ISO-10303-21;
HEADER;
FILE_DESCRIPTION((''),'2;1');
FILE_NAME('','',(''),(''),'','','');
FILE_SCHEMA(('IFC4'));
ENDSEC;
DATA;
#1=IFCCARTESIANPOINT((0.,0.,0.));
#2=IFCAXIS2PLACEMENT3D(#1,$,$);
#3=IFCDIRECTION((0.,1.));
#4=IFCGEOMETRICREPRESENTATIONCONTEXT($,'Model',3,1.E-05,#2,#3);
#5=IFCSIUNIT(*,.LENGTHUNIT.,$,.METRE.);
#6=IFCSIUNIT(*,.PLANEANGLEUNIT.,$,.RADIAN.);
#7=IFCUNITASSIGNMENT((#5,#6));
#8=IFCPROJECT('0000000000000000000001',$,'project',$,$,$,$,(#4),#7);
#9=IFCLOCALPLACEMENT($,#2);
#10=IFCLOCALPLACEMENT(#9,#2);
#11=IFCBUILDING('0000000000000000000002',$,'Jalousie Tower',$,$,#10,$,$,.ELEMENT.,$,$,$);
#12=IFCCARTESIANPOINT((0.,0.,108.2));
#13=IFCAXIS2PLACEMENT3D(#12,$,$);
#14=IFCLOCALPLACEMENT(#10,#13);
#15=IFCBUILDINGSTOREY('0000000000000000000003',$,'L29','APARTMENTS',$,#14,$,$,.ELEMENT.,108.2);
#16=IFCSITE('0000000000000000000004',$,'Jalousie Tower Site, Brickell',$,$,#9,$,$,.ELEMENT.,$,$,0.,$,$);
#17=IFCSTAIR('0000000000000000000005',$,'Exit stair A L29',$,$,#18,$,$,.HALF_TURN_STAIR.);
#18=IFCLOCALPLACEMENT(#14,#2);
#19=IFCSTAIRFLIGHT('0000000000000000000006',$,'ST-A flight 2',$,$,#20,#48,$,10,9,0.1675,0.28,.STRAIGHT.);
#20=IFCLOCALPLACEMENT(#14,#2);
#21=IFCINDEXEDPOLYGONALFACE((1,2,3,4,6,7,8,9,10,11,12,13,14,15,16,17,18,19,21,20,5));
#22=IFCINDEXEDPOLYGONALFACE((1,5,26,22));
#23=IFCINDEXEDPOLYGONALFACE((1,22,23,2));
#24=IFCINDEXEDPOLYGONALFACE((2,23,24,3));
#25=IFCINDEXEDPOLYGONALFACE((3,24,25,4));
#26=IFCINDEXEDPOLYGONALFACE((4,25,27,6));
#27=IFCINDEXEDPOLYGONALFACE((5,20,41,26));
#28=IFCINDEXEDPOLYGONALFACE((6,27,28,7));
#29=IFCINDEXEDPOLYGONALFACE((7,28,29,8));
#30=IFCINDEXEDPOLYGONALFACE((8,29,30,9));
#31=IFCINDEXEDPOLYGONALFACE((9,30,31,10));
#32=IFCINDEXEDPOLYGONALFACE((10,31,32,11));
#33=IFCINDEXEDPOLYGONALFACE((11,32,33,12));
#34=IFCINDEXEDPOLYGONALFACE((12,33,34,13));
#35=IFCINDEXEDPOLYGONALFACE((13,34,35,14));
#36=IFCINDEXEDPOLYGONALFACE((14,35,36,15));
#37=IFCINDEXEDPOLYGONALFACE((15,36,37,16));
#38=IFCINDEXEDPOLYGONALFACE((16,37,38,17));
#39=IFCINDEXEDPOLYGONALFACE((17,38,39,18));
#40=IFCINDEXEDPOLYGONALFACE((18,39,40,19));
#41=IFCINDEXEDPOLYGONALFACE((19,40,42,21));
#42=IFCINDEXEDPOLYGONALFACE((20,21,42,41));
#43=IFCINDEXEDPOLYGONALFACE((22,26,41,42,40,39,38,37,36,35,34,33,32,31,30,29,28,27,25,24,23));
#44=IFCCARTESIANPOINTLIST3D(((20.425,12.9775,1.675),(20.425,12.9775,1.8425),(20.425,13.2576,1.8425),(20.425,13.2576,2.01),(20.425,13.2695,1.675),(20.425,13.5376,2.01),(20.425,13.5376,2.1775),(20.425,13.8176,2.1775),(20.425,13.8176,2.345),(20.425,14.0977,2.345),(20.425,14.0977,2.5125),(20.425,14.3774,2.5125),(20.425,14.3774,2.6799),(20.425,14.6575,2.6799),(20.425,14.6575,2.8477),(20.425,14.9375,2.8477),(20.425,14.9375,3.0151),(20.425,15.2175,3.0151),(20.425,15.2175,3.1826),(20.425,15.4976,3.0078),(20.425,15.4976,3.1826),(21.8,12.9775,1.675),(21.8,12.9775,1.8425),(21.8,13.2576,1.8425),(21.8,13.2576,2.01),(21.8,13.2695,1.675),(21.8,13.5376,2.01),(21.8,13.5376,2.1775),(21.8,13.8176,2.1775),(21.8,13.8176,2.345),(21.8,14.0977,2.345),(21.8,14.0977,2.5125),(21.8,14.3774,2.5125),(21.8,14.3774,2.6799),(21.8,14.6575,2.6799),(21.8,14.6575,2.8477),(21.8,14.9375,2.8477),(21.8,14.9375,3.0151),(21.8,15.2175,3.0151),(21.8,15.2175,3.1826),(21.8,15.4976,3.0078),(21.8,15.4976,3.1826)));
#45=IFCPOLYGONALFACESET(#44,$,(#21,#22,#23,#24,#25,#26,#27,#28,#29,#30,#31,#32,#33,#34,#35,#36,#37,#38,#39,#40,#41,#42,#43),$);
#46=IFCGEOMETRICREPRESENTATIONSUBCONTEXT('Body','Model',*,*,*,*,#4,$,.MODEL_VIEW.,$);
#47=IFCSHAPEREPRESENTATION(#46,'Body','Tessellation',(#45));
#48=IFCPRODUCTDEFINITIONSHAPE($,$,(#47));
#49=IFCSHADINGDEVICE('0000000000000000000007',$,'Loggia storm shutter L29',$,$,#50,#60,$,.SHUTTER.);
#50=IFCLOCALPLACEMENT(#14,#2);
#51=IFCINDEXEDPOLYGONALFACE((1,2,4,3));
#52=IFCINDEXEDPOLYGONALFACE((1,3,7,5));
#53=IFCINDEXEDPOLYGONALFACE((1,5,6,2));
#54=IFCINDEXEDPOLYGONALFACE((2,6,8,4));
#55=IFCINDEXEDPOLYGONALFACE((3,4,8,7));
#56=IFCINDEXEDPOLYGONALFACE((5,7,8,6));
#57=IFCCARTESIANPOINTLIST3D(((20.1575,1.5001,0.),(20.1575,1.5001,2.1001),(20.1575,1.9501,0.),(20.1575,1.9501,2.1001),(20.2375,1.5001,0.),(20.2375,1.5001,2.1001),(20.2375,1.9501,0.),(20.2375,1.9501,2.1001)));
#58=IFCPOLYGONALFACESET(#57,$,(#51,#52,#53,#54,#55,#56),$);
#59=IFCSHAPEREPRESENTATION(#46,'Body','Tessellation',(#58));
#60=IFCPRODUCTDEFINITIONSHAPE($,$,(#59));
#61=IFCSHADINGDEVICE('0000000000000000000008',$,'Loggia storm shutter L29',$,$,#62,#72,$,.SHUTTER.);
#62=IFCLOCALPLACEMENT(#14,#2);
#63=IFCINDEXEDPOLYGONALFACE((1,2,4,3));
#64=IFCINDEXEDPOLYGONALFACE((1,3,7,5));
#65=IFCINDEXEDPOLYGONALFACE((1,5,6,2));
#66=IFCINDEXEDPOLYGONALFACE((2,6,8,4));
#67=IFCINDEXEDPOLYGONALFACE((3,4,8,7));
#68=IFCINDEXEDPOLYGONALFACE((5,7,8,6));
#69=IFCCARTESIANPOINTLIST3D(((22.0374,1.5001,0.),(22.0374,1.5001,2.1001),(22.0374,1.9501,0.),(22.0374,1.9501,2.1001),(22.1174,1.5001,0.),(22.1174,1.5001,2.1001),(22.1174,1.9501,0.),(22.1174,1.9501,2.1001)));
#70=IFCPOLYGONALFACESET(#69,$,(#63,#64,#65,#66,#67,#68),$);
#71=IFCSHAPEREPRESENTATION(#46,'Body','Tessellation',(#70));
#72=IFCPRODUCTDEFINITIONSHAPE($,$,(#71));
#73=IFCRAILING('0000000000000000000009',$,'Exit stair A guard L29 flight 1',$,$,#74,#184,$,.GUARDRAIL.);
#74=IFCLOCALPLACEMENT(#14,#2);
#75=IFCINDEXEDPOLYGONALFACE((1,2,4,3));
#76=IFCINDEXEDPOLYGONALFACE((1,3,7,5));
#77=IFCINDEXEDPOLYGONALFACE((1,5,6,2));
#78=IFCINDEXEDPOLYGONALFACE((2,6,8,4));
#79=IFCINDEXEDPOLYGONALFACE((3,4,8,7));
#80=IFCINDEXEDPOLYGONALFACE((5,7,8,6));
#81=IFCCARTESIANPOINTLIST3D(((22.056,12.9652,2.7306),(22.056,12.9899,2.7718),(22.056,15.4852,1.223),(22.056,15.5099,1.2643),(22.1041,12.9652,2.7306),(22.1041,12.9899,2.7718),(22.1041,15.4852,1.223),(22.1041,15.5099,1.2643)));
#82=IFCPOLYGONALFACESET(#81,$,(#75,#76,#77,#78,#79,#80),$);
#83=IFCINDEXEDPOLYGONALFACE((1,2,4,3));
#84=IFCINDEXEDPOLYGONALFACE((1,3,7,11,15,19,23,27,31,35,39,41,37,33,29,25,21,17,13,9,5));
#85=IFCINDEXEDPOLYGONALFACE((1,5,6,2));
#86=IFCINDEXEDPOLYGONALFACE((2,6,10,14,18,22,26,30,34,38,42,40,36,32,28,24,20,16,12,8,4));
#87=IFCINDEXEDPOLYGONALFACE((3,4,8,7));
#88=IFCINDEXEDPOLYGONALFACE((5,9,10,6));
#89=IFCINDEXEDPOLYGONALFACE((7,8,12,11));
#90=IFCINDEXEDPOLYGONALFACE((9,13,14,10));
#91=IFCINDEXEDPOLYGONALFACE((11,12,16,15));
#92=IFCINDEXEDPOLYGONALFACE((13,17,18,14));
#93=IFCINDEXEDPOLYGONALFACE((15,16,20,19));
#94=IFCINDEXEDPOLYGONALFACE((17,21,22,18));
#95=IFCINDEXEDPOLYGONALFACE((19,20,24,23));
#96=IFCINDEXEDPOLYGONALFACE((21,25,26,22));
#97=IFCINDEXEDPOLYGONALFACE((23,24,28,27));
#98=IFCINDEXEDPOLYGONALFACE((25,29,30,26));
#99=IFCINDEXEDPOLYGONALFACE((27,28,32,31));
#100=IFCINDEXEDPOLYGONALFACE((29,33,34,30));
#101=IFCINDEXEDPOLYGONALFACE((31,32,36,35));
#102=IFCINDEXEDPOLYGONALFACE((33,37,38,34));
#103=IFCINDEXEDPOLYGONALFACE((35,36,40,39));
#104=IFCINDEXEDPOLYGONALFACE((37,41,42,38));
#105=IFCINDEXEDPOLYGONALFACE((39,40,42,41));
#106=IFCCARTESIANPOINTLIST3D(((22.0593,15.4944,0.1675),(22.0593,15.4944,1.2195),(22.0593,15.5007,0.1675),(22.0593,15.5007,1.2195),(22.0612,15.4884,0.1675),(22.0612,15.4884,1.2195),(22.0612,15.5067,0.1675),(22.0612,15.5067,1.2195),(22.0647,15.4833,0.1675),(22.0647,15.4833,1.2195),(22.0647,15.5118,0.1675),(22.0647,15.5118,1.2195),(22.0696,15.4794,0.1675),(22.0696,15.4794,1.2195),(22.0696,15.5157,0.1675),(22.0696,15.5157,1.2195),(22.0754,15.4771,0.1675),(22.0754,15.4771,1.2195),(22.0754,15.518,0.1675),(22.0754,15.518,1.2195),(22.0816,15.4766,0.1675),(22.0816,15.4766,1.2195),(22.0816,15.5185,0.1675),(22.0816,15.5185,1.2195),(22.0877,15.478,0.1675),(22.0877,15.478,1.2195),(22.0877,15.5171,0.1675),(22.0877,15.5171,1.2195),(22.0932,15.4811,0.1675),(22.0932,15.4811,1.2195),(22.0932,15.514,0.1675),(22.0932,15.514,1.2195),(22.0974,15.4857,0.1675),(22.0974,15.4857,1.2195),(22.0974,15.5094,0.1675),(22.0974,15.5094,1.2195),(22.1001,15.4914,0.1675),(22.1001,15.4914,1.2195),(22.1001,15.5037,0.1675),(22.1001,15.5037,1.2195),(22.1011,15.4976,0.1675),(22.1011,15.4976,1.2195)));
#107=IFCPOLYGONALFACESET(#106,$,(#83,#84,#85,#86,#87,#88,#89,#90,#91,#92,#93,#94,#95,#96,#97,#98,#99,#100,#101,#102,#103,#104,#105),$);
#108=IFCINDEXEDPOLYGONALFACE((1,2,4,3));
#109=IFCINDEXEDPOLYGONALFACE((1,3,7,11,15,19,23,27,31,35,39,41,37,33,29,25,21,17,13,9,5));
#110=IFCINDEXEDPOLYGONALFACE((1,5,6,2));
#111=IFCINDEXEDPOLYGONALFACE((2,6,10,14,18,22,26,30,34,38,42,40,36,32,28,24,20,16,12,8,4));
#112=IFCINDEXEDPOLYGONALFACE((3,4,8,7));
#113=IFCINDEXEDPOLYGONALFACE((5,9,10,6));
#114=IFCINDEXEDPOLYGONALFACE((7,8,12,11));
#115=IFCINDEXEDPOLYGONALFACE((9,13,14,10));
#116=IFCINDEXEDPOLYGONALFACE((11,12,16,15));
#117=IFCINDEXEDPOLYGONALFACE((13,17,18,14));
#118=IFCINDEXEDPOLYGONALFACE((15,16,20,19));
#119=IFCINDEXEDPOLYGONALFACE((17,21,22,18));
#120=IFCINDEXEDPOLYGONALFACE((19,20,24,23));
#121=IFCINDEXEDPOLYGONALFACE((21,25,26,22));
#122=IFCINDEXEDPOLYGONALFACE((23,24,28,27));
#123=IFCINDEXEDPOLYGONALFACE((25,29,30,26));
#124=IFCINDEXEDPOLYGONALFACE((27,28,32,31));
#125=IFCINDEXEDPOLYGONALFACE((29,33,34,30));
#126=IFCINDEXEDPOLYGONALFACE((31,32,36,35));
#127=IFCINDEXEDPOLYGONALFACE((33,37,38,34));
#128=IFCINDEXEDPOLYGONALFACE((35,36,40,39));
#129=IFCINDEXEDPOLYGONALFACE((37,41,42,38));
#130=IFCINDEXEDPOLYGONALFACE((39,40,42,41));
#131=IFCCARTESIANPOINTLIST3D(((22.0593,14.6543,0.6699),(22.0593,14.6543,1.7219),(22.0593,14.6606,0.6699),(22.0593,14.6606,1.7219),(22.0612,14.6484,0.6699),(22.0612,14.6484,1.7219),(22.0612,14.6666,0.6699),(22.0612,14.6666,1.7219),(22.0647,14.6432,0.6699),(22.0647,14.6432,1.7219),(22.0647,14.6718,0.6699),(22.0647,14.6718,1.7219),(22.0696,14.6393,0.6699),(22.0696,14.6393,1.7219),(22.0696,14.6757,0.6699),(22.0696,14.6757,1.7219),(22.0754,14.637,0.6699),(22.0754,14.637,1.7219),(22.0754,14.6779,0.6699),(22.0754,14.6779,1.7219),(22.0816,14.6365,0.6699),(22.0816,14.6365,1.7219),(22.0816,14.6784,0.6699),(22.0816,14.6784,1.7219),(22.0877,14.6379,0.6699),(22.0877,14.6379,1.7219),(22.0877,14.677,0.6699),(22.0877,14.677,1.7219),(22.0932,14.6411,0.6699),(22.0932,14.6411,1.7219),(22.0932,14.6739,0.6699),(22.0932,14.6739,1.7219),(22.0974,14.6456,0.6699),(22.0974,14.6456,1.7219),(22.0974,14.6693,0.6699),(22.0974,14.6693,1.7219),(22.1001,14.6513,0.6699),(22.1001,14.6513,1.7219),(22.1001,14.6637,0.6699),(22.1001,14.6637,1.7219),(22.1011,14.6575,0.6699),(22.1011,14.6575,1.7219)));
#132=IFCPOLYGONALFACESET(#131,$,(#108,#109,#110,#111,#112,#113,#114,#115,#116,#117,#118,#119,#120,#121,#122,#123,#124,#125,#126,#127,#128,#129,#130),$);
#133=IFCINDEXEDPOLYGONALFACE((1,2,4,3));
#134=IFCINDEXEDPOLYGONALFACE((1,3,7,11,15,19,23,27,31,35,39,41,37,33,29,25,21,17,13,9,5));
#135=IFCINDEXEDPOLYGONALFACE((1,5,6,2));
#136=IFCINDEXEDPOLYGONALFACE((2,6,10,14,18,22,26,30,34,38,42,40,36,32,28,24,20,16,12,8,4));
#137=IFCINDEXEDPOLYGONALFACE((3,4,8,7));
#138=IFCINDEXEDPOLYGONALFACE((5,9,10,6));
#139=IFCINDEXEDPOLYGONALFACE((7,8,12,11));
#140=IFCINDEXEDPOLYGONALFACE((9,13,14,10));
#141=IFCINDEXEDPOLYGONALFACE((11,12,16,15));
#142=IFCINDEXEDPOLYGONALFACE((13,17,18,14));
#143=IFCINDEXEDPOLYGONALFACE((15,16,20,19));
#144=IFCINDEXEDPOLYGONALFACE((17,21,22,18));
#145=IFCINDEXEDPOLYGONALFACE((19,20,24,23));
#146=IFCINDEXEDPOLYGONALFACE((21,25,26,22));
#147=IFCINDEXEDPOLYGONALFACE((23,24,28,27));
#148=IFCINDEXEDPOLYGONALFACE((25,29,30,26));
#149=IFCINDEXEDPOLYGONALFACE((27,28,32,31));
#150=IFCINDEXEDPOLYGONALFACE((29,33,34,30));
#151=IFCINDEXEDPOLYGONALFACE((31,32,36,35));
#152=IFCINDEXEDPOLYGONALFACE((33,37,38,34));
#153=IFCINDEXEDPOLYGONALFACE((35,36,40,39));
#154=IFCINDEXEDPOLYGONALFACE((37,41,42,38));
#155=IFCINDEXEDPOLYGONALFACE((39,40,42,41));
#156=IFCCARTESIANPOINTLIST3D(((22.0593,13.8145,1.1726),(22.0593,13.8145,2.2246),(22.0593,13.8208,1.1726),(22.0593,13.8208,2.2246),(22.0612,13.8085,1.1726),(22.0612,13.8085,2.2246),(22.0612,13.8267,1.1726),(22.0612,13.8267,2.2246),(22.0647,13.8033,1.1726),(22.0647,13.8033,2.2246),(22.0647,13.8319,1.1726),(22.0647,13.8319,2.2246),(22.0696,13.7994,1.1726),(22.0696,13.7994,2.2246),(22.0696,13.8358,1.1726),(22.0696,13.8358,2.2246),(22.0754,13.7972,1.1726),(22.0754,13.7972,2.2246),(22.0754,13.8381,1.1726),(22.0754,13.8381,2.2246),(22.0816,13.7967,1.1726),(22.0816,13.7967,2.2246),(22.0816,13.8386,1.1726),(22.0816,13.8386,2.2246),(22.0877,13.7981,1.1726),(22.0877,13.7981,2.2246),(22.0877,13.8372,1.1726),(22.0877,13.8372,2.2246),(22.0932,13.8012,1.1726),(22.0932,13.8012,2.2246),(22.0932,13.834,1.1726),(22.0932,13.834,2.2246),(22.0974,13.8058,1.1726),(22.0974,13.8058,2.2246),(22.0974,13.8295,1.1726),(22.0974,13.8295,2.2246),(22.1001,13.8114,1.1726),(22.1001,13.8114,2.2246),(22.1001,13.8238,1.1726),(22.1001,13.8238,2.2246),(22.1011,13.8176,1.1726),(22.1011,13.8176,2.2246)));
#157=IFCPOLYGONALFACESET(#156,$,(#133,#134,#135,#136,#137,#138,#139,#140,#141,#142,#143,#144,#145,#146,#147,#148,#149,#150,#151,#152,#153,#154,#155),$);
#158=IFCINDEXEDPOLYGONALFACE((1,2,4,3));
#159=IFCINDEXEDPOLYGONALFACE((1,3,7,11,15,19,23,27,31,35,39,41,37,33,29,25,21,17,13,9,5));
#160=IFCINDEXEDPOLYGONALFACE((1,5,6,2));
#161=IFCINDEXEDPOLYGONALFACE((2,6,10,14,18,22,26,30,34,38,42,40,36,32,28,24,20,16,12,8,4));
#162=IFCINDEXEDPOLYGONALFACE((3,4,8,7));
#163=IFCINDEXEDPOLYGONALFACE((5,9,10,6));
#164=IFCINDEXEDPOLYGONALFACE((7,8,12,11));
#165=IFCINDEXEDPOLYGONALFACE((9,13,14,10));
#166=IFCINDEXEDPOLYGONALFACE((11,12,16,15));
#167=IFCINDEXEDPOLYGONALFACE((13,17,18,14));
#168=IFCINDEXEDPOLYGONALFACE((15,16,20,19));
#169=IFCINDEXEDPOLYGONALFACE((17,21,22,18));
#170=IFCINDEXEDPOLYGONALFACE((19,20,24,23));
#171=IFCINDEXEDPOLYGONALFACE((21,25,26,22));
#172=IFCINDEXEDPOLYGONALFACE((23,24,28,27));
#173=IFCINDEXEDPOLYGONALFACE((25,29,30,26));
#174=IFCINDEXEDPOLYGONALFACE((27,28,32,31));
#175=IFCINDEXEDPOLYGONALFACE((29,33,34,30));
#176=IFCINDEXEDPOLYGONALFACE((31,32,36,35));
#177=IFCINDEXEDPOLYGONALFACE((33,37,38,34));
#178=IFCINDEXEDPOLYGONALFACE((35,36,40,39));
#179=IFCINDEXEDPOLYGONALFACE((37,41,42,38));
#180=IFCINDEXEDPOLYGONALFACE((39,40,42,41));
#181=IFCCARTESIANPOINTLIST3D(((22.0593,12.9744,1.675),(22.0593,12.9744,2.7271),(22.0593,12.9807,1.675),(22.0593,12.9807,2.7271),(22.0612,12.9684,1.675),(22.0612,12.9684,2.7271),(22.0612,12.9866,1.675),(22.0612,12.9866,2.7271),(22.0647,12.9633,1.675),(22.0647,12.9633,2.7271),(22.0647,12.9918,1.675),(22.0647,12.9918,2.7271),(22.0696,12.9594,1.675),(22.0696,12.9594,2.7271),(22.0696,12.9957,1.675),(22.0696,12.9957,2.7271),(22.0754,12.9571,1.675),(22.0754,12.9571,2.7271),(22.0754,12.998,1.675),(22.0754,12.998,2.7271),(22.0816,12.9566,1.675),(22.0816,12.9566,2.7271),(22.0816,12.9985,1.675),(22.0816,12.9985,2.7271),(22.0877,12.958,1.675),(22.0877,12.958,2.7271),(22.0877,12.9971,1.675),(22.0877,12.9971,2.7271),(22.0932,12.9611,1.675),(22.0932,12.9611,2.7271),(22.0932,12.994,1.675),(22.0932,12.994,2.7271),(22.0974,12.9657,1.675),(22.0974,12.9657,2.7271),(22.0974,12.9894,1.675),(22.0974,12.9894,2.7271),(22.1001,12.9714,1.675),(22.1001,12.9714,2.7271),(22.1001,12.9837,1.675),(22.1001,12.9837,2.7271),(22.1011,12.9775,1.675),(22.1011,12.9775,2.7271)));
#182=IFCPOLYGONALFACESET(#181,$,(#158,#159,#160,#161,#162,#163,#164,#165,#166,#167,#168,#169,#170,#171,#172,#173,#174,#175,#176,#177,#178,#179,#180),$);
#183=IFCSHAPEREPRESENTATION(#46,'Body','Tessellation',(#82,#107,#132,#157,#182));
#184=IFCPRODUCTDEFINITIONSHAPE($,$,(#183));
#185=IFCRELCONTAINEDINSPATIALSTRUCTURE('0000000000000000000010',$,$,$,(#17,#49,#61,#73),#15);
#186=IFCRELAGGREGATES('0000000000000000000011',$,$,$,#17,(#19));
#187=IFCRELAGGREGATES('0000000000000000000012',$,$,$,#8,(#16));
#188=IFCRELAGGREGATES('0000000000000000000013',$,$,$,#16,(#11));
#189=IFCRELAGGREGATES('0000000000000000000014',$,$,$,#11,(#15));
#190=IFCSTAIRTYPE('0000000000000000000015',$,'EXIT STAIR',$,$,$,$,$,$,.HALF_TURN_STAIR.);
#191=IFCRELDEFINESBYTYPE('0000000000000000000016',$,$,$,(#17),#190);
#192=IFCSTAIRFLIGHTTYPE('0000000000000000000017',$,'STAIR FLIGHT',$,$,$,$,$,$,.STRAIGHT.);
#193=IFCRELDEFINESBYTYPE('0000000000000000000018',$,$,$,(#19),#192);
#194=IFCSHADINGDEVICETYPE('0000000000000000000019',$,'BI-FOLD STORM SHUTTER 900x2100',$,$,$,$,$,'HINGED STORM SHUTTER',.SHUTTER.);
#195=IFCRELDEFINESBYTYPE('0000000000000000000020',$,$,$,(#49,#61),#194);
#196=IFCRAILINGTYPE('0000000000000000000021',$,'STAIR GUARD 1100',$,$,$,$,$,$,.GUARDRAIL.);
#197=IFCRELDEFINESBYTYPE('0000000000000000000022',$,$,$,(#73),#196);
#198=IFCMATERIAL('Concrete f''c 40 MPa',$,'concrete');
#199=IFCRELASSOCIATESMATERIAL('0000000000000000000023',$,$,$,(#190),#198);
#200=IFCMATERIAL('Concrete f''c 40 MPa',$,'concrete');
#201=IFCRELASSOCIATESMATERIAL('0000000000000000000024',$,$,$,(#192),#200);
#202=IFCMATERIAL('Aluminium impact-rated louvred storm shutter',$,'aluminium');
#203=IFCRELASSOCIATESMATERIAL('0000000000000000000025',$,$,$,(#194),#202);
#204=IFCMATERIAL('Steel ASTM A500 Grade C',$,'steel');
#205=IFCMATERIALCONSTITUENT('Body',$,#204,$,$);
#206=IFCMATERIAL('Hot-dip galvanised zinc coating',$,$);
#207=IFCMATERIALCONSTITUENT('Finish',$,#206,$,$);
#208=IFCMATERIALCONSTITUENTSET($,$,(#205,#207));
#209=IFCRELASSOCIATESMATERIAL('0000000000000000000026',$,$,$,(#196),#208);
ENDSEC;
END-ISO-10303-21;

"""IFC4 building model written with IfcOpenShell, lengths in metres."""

from ifc_helpers import new_model, si_unit, direction, frame, origin, origin_2d, place, context, subcontext, project, spatial, polyline, rectangle, circle, outline, extrude, material, constituent, constituent_set, type_object, element, aggregate, save


model = new_model("IFC4")

# Units and contexts
model_context = context("Model", 3, precision=1e-05, world=origin(), true_north=direction((0.0, 1.0)))
body_context = subcontext(model_context, "Body", "Model", "MODEL_VIEW")
ifc_project = project(units=[si_unit("LENGTHUNIT", "METRE"), si_unit("PLANEANGLEUNIT", "RADIAN")], contexts=[model_context])

# Site, building, storey
site_placement = place(None, origin())
site = spatial("IfcSite", under=ifc_project, at=site_placement, Name="Jalousie Tower Site, Brickell", CompositionType="ELEMENT", RefElevation=0.0)
building_placement = place(site_placement, origin())
building = spatial("IfcBuilding", under=site, at=building_placement, Name="Jalousie Tower", CompositionType="ELEMENT")
storey_placement = place(building_placement, frame((0.0, 0.0, 108.2)))
storey = spatial("IfcBuildingStorey", under=building, at=storey_placement, Name="L29", Description="APARTMENTS", CompositionType="ELEMENT", Elevation=108.2)

# Stair, stair flight
ifc_material_1 = material(Name="Concrete f'c 40 MPa", Category="concrete")
stair_type = type_object("IfcStairType", Name="EXIT STAIR", PredefinedType="HALF_TURN_STAIR", material=ifc_material_1)
stair_placement = place(storey_placement, origin())
stair = element("IfcStair", 1, at=stair_placement, inside=storey, type_object=stair_type, Name="Exit stair A L29", PredefinedType="HALF_TURN_STAIR")
ifc_material_2 = material(Name="Concrete f'c 40 MPa", Category="concrete")
stair_flight_type = type_object("IfcStairFlightType", Name="STAIR FLIGHT", PredefinedType="STRAIGHT", material=ifc_material_2)
stair_flight_placement = place(storey_placement, frame((21.1125, 12.9775, 1.675), z_axis=(0.0, 0.0, 1.0), x_axis=(0.0, 1.0, 0.0)))
stair_flight = element("IfcStairFlight", 2, at=stair_flight_placement, type_object=stair_flight_type, Name="ST-A flight 2", NumberOfRisers=10, NumberOfTreads=9, PredefinedType="STRAIGHT", RiserHeight=0.1675, TreadLength=0.28, context=body_context, shape_type="SweptSolid", body=[
    extrude(outline(polyline([(0.0, 0.0), (0.0, 0.1675), (0.28, 0.1675), (0.28, 0.335), (0.5601, 0.335), (0.5601, 0.5024), (0.8401, 0.5024), (0.8401, 0.6699), (1.1201, 0.6699), (1.1201, 0.8374), (1.3999, 0.8374), (1.3999, 1.0049), (1.6799, 1.0049), (1.6799, 1.1726), (1.96, 1.1726), (1.96, 1.3401), (2.24, 1.3401), (2.24, 1.5076), (2.52, 1.5076), (2.52, 1.675), (2.52, 1.3328), (0.292, 0.0), (0.0, 0.0)])), frame((0.0, 0.6875, 0.0), z_axis=(0.0, -1.0, 0.0), x_axis=(1.0, 0.0, 0.0)), (0.0, 0.0, 1.0), 1.375),
])
aggregate(stair, [stair_flight])

# Shading devices
ifc_material_3 = material(Name="Aluminium impact-rated louvred storm shutter", Category="aluminium")
shading_device_type = type_object("IfcShadingDeviceType", Name="BI-FOLD STORM SHUTTER 900x2100", ElementType="HINGED STORM SHUTTER", PredefinedType="SHUTTER", material=ifc_material_3)
for number, where, z_axis, x_axis, name in (
    (3, (20.1975, 1.7251, 0.0), (0.0, 0.0, 1.0), (0.0, 1.0, 0.0), "Loggia storm shutter L29"),
    (4, (22.0774, 1.7251, 0.0), (0.0, 0.0, 1.0), (0.0, 1.0, 0.0), "Loggia storm shutter L29"),
):
    element("IfcShadingDevice", number, at=place(storey_placement, frame(where, z_axis=z_axis, x_axis=x_axis)), inside=storey, type_object=shading_device_type, Name=name, PredefinedType="SHUTTER", context=body_context, shape_type="SweptSolid", body=[
        extrude(rectangle(XDim=0.45, YDim=0.0801, at=origin_2d()), origin(), (0.0, 0.0, 1.0), 2.1001),
    ])

# Railing
ifc_material_4 = material(Name="Steel ASTM A500 Grade C", Category="steel")
ifc_constituent_1 = constituent(ifc_material_4, Name="Body")
ifc_material_5 = material(Name="Hot-dip galvanised zinc coating")
ifc_constituent_2 = constituent(ifc_material_5, Name="Finish")
ifc_constituent_set_1 = constituent_set(constituents=[ifc_constituent_1, ifc_constituent_2])
railing_type_1 = type_object("IfcRailingType", Name="STAIR GUARD 1100", PredefinedType="GUARDRAIL", material=ifc_constituent_set_1)
railing_1_placement = place(storey_placement, frame((22.0801, 15.4976, 0.1675)))
element("IfcRailing", 5, at=railing_1_placement, inside=storey, type_object=railing_type_1, Name="Exit stair A guard L29 flight 1", PredefinedType="GUARDRAIL", context=body_context, shape_type="SweptSolid", body=[
    extrude(rectangle(XDim=0.0481, YDim=0.0481, at=origin_2d()), frame((0.0, 0.0, 1.0762), z_axis=(0.0, -0.85816, 0.513383), x_axis=(1.0, 0.0, 0.0)), (0.0, 0.0, 1.0), 2.9365),
    extrude(circle(Radius=0.021, at=origin_2d()), origin(), (0.0, 0.0, 1.0), 1.052),
    extrude(circle(Radius=0.021, at=origin_2d()), frame((0.0, -0.8401, 0.5024)), (0.0, 0.0, 1.0), 1.052),
    extrude(circle(Radius=0.021, at=origin_2d()), frame((0.0, -1.6799, 1.0051)), (0.0, 0.0, 1.0), 1.052),
    extrude(circle(Radius=0.021, at=origin_2d()), frame((0.0, -2.52, 1.5076)), (0.0, 0.0, 1.0), 1.052),
])

save(model, "model.ifc")
